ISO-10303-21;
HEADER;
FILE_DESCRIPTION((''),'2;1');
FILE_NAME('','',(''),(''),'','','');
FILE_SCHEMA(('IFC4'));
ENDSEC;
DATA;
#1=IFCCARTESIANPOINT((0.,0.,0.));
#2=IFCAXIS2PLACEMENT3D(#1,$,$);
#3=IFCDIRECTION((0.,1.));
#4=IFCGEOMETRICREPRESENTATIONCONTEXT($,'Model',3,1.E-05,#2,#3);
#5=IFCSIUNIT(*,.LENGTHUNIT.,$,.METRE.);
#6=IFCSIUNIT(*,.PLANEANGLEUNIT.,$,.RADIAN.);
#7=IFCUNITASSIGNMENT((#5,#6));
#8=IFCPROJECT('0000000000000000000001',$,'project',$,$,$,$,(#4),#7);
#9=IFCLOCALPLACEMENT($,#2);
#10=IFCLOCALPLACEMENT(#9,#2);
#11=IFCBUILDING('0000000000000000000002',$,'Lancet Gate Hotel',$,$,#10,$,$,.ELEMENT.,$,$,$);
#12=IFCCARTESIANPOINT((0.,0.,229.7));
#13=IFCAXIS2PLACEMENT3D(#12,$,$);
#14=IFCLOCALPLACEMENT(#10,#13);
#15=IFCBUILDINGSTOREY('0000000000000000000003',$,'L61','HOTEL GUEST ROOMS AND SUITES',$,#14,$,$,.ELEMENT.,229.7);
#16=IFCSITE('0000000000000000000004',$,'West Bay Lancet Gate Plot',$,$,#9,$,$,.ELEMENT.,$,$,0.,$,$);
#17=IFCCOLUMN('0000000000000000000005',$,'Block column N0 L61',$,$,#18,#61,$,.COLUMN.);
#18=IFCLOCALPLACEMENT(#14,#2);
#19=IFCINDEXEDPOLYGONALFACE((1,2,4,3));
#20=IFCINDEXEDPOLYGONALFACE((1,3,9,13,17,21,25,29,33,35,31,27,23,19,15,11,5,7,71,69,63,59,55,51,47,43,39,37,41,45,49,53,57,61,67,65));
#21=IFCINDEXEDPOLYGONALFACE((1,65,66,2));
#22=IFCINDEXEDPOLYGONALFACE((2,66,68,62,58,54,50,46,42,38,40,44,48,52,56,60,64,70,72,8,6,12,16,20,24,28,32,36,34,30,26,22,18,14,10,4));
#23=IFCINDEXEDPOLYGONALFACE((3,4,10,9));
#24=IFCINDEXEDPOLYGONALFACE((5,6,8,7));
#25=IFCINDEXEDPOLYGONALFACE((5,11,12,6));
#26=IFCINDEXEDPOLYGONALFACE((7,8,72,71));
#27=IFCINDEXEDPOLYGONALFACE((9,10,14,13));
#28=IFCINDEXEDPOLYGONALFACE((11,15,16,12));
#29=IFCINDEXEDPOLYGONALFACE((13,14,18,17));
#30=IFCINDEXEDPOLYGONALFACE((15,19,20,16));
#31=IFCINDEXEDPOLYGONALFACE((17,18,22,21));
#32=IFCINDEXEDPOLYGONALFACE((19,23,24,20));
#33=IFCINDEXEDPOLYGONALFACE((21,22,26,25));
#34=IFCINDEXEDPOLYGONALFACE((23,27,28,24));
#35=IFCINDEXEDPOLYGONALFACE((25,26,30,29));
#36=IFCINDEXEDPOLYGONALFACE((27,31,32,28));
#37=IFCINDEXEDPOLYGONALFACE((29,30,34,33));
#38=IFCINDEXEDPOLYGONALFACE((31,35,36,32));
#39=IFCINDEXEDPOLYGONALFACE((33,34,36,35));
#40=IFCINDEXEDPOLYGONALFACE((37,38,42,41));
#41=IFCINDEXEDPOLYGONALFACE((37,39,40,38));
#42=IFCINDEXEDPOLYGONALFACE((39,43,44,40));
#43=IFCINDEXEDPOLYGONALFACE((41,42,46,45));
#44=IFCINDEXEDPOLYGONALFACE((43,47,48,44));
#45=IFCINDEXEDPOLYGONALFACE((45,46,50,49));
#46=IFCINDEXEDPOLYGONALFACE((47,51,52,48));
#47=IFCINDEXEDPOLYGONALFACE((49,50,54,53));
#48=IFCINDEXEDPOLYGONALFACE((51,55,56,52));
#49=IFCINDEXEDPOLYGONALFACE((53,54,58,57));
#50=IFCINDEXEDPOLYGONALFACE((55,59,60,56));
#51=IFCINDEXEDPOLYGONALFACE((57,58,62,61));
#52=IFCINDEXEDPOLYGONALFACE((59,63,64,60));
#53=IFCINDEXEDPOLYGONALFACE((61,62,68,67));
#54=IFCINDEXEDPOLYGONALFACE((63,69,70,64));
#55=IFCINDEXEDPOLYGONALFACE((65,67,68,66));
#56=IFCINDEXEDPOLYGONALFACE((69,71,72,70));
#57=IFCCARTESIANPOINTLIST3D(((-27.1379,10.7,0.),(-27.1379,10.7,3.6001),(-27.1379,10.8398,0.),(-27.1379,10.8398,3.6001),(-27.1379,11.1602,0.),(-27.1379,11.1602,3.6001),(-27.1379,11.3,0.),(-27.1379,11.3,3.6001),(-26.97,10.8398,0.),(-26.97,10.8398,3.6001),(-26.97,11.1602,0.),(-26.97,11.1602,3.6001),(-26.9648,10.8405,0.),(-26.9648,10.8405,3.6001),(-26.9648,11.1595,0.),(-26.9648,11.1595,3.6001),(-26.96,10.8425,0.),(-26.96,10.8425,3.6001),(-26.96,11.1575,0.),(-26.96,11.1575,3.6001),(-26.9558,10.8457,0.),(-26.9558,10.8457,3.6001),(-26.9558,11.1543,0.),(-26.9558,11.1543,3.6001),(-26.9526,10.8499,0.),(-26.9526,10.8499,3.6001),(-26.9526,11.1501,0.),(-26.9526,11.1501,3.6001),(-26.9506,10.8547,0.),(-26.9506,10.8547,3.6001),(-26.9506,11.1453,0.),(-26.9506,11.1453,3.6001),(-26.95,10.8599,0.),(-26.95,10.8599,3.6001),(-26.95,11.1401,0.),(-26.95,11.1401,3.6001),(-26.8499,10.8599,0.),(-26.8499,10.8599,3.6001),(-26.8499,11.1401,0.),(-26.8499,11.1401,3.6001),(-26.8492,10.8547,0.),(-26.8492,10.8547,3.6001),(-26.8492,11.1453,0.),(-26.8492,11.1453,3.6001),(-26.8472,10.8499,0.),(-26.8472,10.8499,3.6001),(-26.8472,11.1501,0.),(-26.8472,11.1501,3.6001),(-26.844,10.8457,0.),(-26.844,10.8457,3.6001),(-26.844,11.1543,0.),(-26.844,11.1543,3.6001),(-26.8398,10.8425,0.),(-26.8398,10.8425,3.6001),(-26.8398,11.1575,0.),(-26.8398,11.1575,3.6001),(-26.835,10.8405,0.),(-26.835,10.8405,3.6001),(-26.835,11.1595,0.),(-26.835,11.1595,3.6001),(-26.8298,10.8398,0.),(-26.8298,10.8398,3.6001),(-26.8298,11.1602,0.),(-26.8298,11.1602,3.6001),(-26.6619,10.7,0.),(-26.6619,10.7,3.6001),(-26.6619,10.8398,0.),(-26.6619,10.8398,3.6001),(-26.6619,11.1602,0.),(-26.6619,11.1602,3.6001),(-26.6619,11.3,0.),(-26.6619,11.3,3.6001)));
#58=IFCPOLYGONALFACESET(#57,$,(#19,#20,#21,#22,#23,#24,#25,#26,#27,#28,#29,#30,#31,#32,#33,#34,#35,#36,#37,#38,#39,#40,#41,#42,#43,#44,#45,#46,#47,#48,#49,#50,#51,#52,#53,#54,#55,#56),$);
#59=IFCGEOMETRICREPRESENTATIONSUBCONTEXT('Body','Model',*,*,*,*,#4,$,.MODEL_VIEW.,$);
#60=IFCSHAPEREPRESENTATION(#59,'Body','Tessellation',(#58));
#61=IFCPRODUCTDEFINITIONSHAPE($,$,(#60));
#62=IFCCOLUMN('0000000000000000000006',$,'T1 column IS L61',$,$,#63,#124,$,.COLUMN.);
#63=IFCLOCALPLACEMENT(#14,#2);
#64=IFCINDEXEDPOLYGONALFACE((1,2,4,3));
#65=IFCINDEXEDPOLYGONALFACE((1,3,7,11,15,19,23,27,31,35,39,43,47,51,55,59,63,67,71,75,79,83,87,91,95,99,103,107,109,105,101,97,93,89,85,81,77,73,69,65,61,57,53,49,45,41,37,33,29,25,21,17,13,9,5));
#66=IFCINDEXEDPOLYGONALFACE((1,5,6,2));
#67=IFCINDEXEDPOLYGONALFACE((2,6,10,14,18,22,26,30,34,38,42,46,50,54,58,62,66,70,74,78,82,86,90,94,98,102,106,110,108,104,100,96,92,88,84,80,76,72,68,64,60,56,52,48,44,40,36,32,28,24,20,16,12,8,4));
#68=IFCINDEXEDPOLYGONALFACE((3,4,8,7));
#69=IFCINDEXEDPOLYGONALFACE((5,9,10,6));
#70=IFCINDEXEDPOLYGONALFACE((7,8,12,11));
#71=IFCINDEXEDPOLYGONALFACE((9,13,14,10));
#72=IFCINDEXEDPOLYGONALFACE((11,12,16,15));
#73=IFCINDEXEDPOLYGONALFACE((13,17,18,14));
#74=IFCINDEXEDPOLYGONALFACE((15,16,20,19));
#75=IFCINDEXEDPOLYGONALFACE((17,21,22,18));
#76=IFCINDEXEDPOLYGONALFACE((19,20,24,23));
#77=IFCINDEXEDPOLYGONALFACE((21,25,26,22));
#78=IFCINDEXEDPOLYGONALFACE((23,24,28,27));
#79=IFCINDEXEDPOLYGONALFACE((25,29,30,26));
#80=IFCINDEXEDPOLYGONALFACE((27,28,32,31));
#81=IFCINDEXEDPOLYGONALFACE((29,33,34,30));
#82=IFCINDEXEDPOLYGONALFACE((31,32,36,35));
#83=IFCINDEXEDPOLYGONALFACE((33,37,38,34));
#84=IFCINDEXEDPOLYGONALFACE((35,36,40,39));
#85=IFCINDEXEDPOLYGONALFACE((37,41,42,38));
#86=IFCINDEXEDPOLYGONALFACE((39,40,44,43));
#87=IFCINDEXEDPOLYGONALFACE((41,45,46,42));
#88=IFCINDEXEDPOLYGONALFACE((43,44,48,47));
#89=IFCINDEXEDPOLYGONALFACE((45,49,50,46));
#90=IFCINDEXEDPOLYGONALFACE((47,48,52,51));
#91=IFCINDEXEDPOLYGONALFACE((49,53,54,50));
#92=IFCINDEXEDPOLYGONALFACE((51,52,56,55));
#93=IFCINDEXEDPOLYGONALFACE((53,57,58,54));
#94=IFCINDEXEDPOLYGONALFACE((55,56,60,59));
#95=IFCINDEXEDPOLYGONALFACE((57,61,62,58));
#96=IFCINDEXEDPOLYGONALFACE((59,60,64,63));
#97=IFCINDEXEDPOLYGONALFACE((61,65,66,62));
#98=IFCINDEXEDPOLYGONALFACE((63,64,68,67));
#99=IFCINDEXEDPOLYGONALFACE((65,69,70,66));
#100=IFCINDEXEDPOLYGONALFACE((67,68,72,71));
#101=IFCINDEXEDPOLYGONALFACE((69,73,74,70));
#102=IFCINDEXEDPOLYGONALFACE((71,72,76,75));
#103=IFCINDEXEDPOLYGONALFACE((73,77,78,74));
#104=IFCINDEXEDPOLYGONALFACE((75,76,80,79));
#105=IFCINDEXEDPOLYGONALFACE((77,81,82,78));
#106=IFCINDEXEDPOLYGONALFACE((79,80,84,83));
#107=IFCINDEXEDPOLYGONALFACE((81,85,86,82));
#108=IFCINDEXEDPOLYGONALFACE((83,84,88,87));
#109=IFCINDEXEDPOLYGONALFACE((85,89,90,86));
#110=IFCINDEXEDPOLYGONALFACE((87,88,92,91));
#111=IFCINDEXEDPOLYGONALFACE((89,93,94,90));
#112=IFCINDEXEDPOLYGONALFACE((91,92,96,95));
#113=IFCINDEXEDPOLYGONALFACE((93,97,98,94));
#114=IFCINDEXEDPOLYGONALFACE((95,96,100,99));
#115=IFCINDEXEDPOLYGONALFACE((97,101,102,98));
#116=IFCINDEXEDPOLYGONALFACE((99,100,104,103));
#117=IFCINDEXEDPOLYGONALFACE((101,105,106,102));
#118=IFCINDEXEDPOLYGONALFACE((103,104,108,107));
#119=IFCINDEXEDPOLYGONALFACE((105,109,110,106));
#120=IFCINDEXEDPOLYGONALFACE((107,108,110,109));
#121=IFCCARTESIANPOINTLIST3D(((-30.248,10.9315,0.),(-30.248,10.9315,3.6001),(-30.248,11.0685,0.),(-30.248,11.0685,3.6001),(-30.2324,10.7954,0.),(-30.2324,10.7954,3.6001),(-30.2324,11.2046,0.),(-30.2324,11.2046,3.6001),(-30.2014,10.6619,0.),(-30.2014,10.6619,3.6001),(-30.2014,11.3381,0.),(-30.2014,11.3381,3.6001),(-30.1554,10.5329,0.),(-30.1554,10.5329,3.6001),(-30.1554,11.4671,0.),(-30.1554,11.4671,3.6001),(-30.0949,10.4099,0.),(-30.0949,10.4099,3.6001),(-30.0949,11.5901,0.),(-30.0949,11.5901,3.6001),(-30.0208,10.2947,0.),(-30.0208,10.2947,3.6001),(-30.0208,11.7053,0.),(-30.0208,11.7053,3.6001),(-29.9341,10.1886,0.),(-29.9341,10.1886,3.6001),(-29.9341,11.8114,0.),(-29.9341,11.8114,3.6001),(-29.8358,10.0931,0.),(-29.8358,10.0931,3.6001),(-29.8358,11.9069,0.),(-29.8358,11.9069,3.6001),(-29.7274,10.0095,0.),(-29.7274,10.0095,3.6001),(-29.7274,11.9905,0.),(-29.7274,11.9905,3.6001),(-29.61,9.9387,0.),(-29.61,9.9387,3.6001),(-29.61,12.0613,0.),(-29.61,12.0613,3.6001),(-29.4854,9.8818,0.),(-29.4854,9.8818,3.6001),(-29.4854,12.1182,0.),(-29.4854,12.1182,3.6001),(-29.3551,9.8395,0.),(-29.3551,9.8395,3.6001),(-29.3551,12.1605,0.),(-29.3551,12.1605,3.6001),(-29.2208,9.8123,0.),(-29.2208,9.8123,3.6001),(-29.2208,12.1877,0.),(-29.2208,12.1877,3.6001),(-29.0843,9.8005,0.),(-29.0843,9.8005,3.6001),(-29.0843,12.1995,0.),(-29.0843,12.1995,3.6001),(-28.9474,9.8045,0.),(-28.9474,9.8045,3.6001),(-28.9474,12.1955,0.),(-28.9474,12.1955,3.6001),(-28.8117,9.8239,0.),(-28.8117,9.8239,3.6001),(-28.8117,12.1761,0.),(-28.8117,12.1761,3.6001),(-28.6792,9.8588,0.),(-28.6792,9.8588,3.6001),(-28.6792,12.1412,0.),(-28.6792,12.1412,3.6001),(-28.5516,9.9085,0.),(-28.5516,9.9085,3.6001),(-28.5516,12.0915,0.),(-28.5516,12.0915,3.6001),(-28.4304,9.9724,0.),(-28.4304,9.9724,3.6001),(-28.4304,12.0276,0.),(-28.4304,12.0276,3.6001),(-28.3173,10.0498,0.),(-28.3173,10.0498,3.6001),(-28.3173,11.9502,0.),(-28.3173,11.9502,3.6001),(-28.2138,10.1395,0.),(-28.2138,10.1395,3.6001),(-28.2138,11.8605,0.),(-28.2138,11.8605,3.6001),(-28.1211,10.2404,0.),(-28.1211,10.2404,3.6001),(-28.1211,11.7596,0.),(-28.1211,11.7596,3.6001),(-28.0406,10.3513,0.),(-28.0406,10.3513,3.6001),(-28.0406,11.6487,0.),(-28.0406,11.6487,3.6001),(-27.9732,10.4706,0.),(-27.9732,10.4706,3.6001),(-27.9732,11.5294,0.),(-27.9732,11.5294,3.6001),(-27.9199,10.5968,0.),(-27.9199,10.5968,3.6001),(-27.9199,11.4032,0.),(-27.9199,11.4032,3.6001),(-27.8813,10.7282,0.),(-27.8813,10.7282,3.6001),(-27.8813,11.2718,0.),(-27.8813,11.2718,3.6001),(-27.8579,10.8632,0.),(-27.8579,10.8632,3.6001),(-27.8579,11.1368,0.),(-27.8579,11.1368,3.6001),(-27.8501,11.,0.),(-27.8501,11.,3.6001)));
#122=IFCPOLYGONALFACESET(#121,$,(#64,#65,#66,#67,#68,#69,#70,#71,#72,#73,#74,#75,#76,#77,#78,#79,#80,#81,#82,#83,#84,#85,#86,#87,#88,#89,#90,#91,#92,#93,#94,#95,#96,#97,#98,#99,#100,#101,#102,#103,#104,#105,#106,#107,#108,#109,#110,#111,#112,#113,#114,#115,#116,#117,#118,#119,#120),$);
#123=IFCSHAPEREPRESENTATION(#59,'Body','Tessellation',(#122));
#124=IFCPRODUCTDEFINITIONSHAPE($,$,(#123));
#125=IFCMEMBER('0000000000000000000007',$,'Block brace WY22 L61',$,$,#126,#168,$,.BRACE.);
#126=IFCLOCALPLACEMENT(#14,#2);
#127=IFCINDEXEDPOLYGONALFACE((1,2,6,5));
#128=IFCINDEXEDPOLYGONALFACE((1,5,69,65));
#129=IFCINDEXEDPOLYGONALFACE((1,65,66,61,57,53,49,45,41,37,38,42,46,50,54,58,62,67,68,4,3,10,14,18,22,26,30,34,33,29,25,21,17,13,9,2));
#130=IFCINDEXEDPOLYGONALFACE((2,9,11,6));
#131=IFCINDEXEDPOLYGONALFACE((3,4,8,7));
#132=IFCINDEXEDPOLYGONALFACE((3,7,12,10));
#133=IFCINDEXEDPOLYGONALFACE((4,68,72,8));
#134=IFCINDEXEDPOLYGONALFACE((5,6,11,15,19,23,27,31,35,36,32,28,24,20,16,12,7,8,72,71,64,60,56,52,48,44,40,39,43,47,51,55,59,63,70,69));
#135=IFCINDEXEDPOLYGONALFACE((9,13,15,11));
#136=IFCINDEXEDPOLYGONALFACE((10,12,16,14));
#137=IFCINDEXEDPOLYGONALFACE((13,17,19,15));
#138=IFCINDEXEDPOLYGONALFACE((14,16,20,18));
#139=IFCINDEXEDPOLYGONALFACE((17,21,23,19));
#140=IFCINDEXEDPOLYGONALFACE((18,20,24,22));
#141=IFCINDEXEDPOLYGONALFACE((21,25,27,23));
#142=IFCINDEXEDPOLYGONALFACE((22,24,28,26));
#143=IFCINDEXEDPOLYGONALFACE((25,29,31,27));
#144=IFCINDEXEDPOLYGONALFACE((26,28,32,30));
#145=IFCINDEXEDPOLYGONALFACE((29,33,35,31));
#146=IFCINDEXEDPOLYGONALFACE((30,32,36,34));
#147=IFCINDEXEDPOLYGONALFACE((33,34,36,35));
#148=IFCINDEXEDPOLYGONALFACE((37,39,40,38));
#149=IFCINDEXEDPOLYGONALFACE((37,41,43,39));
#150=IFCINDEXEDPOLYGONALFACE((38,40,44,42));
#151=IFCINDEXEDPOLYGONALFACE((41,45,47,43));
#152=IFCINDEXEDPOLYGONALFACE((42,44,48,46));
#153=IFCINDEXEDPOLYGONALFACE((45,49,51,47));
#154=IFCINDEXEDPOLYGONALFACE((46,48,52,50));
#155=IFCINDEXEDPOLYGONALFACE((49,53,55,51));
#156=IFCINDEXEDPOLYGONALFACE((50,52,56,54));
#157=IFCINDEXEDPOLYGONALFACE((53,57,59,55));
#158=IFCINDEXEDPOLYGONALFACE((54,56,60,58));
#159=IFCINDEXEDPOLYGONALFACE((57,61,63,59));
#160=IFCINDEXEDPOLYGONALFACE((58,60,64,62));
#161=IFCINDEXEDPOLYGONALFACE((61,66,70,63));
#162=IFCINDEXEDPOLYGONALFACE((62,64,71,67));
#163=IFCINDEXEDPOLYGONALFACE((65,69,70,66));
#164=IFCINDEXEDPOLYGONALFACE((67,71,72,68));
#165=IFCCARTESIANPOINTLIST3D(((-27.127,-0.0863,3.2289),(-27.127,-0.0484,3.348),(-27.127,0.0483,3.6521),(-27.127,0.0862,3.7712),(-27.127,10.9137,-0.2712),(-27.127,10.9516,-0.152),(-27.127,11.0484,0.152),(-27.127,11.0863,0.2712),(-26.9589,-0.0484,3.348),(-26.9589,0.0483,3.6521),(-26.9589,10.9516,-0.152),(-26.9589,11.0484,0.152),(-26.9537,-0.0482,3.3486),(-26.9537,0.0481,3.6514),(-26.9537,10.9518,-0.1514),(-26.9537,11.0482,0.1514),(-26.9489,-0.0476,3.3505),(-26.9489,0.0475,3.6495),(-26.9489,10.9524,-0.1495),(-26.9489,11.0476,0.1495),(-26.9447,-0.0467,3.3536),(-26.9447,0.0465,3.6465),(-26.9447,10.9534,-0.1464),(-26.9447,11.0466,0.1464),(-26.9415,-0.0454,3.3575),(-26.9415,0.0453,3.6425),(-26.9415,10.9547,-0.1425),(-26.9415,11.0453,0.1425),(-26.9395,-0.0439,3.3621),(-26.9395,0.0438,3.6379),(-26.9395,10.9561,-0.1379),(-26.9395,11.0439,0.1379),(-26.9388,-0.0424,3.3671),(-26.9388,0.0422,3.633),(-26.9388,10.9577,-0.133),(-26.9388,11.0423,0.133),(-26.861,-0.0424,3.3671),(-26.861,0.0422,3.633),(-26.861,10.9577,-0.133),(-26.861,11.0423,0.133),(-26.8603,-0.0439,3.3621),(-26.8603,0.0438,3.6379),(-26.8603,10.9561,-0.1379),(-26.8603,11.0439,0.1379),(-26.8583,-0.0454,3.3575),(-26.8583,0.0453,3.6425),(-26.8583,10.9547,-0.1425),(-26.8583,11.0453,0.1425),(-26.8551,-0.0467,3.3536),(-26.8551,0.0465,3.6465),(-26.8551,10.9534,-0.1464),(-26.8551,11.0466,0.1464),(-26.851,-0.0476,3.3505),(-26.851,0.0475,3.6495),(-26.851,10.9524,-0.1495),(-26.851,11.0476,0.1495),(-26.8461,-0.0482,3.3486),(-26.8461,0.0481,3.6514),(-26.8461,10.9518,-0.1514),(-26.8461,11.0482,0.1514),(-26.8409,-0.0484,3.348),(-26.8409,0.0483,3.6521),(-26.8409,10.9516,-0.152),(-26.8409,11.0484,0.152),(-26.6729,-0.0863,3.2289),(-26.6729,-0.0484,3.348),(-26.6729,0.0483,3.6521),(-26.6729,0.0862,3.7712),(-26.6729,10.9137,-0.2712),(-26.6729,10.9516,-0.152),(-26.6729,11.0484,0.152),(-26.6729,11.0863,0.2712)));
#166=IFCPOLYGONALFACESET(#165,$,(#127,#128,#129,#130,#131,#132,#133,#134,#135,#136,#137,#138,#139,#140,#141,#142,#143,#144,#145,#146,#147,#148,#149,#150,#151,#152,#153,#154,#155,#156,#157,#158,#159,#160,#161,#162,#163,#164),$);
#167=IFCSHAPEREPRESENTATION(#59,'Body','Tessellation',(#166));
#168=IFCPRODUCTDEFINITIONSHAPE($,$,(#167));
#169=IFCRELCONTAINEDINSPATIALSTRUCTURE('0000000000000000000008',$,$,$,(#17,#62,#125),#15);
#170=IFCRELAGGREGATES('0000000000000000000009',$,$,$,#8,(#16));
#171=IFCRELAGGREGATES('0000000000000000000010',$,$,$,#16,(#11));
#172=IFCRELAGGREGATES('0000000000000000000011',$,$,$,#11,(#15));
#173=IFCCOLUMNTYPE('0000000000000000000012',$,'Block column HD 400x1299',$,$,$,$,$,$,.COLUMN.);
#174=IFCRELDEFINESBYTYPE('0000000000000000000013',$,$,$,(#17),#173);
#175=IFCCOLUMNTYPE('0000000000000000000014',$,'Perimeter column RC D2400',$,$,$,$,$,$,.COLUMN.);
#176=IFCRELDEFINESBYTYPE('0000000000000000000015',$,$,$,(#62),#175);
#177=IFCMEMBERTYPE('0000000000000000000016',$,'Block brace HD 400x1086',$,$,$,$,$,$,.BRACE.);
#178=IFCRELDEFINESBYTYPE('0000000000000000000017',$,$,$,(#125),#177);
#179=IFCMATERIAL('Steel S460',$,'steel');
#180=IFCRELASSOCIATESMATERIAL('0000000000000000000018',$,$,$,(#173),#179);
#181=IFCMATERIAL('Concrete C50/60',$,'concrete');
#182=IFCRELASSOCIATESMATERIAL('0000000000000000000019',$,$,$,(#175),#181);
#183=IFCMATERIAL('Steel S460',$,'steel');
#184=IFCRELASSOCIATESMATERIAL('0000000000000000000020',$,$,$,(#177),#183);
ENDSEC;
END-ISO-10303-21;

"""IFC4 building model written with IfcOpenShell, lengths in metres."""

from ifc_helpers import new_model, si_unit, direction, frame, origin, origin_2d, place, context, subcontext, project, spatial, circle, i_section, extrude, material, material_profile, profile_set, type_object, element, save


model = new_model("IFC4")

# Units and contexts
model_context = context("Model", 3, precision=1e-05, world=origin(), true_north=direction((0.0, 1.0)))
body_context = subcontext(model_context, "Body", "Model", "MODEL_VIEW")
ifc_project = project(units=[si_unit("LENGTHUNIT", "METRE"), si_unit("PLANEANGLEUNIT", "RADIAN")], contexts=[model_context])

# Site, building, storey
site_placement = place(None, origin())
site = spatial("IfcSite", under=ifc_project, at=site_placement, Name="West Bay Lancet Gate Plot", CompositionType="ELEMENT", RefElevation=0.0)
building_placement = place(site_placement, origin())
building = spatial("IfcBuilding", under=site, at=building_placement, Name="Lancet Gate Hotel", CompositionType="ELEMENT")
storey_placement = place(building_placement, frame((0.0, 0.0, 229.7)))
storey = spatial("IfcBuildingStorey", under=building, at=storey_placement, Name="L61", Description="HOTEL GUEST ROOMS AND SUITES", CompositionType="ELEMENT", Elevation=229.7)

# Columns
ifc_material_1 = material(Name="Steel S460", Category="steel")
ifc_material_profile_1 = material_profile(ifc_material_1, i_section(OverallWidth=0.4761, OverallDepth=0.6001, WebThickness=0.1001, FlangeThickness=0.1399, FilletRadius=0.02, at=origin_2d()), Name="HD 400x1299")
ifc_profile_set_1 = profile_set([ifc_material_profile_1], Name="Steel S460")
column_type_1 = type_object("IfcColumnType", Name="Block column HD 400x1299", PredefinedType="COLUMN", material=ifc_profile_set_1)
column_1_placement = place(storey_placement, frame((-26.8999, 11.0, 0.0), z_axis=(0.0, 0.0, 1.0), x_axis=(1.0, 0.0, 0.0)))
element("IfcColumn", 1, at=column_1_placement, inside=storey, type_object=column_type_1, Name="Block column N0 L61", PredefinedType="COLUMN", context=body_context, shape_type="SweptSolid", body=[
    extrude(i_section(OverallWidth=0.4761, OverallDepth=0.6001, WebThickness=0.1001, FlangeThickness=0.1399, FilletRadius=0.02, at=origin_2d()), origin(), (0.0, 0.0, 1.0), 3.6001),
])
ifc_material_2 = material(Name="Concrete C50/60", Category="concrete")
ifc_material_profile_2 = material_profile(ifc_material_2, circle(Radius=1.2, at=origin_2d()), Name="RC D2400")
ifc_profile_set_2 = profile_set([ifc_material_profile_2], Name="Concrete C50/60")
column_type_2 = type_object("IfcColumnType", Name="Perimeter column RC D2400", PredefinedType="COLUMN", material=ifc_profile_set_2)
column_2_placement = place(storey_placement, frame((-29.05, 11.0, 0.0), z_axis=(0.0, 0.0, 1.0), x_axis=(1.0, 0.0, 0.0)))
element("IfcColumn", 2, at=column_2_placement, inside=storey, type_object=column_type_2, Name="T1 column IS L61", PredefinedType="COLUMN", context=body_context, shape_type="SweptSolid", body=[
    extrude(circle(Radius=1.2, at=origin_2d()), origin(), (0.0, 0.0, 1.0), 3.6001),
])

# Member
ifc_material_3 = material(Name="Steel S460", Category="steel")
ifc_material_profile_3 = material_profile(ifc_material_3, i_section(OverallWidth=0.4541, OverallDepth=0.5691, WebThickness=0.0779, FlangeThickness=0.125, FilletRadius=0.02, at=origin_2d()), Name="HD 400x1086")
ifc_profile_set_3 = profile_set([ifc_material_profile_3], Name="Steel S460")
member_type = type_object("IfcMemberType", Name="Block brace HD 400x1086", PredefinedType="BRACE", material=ifc_profile_set_3)
member_1_placement = place(storey_placement, frame((-26.8999, 11.0, 0.0), z_axis=(0.0, -0.952926, 0.303204), x_axis=(1.0, 0.0, 0.0)))
element("IfcMember", 3, at=member_1_placement, inside=storey, type_object=member_type, Name="Block brace WY22 L61", PredefinedType="BRACE", context=body_context, shape_type="SweptSolid", body=[
    extrude(i_section(OverallWidth=0.4541, OverallDepth=0.5691, WebThickness=0.0779, FlangeThickness=0.125, FilletRadius=0.02, at=origin_2d()), origin(), (0.0, 0.0, 1.0), 11.5435),
])

save(model, "model.ifc")
